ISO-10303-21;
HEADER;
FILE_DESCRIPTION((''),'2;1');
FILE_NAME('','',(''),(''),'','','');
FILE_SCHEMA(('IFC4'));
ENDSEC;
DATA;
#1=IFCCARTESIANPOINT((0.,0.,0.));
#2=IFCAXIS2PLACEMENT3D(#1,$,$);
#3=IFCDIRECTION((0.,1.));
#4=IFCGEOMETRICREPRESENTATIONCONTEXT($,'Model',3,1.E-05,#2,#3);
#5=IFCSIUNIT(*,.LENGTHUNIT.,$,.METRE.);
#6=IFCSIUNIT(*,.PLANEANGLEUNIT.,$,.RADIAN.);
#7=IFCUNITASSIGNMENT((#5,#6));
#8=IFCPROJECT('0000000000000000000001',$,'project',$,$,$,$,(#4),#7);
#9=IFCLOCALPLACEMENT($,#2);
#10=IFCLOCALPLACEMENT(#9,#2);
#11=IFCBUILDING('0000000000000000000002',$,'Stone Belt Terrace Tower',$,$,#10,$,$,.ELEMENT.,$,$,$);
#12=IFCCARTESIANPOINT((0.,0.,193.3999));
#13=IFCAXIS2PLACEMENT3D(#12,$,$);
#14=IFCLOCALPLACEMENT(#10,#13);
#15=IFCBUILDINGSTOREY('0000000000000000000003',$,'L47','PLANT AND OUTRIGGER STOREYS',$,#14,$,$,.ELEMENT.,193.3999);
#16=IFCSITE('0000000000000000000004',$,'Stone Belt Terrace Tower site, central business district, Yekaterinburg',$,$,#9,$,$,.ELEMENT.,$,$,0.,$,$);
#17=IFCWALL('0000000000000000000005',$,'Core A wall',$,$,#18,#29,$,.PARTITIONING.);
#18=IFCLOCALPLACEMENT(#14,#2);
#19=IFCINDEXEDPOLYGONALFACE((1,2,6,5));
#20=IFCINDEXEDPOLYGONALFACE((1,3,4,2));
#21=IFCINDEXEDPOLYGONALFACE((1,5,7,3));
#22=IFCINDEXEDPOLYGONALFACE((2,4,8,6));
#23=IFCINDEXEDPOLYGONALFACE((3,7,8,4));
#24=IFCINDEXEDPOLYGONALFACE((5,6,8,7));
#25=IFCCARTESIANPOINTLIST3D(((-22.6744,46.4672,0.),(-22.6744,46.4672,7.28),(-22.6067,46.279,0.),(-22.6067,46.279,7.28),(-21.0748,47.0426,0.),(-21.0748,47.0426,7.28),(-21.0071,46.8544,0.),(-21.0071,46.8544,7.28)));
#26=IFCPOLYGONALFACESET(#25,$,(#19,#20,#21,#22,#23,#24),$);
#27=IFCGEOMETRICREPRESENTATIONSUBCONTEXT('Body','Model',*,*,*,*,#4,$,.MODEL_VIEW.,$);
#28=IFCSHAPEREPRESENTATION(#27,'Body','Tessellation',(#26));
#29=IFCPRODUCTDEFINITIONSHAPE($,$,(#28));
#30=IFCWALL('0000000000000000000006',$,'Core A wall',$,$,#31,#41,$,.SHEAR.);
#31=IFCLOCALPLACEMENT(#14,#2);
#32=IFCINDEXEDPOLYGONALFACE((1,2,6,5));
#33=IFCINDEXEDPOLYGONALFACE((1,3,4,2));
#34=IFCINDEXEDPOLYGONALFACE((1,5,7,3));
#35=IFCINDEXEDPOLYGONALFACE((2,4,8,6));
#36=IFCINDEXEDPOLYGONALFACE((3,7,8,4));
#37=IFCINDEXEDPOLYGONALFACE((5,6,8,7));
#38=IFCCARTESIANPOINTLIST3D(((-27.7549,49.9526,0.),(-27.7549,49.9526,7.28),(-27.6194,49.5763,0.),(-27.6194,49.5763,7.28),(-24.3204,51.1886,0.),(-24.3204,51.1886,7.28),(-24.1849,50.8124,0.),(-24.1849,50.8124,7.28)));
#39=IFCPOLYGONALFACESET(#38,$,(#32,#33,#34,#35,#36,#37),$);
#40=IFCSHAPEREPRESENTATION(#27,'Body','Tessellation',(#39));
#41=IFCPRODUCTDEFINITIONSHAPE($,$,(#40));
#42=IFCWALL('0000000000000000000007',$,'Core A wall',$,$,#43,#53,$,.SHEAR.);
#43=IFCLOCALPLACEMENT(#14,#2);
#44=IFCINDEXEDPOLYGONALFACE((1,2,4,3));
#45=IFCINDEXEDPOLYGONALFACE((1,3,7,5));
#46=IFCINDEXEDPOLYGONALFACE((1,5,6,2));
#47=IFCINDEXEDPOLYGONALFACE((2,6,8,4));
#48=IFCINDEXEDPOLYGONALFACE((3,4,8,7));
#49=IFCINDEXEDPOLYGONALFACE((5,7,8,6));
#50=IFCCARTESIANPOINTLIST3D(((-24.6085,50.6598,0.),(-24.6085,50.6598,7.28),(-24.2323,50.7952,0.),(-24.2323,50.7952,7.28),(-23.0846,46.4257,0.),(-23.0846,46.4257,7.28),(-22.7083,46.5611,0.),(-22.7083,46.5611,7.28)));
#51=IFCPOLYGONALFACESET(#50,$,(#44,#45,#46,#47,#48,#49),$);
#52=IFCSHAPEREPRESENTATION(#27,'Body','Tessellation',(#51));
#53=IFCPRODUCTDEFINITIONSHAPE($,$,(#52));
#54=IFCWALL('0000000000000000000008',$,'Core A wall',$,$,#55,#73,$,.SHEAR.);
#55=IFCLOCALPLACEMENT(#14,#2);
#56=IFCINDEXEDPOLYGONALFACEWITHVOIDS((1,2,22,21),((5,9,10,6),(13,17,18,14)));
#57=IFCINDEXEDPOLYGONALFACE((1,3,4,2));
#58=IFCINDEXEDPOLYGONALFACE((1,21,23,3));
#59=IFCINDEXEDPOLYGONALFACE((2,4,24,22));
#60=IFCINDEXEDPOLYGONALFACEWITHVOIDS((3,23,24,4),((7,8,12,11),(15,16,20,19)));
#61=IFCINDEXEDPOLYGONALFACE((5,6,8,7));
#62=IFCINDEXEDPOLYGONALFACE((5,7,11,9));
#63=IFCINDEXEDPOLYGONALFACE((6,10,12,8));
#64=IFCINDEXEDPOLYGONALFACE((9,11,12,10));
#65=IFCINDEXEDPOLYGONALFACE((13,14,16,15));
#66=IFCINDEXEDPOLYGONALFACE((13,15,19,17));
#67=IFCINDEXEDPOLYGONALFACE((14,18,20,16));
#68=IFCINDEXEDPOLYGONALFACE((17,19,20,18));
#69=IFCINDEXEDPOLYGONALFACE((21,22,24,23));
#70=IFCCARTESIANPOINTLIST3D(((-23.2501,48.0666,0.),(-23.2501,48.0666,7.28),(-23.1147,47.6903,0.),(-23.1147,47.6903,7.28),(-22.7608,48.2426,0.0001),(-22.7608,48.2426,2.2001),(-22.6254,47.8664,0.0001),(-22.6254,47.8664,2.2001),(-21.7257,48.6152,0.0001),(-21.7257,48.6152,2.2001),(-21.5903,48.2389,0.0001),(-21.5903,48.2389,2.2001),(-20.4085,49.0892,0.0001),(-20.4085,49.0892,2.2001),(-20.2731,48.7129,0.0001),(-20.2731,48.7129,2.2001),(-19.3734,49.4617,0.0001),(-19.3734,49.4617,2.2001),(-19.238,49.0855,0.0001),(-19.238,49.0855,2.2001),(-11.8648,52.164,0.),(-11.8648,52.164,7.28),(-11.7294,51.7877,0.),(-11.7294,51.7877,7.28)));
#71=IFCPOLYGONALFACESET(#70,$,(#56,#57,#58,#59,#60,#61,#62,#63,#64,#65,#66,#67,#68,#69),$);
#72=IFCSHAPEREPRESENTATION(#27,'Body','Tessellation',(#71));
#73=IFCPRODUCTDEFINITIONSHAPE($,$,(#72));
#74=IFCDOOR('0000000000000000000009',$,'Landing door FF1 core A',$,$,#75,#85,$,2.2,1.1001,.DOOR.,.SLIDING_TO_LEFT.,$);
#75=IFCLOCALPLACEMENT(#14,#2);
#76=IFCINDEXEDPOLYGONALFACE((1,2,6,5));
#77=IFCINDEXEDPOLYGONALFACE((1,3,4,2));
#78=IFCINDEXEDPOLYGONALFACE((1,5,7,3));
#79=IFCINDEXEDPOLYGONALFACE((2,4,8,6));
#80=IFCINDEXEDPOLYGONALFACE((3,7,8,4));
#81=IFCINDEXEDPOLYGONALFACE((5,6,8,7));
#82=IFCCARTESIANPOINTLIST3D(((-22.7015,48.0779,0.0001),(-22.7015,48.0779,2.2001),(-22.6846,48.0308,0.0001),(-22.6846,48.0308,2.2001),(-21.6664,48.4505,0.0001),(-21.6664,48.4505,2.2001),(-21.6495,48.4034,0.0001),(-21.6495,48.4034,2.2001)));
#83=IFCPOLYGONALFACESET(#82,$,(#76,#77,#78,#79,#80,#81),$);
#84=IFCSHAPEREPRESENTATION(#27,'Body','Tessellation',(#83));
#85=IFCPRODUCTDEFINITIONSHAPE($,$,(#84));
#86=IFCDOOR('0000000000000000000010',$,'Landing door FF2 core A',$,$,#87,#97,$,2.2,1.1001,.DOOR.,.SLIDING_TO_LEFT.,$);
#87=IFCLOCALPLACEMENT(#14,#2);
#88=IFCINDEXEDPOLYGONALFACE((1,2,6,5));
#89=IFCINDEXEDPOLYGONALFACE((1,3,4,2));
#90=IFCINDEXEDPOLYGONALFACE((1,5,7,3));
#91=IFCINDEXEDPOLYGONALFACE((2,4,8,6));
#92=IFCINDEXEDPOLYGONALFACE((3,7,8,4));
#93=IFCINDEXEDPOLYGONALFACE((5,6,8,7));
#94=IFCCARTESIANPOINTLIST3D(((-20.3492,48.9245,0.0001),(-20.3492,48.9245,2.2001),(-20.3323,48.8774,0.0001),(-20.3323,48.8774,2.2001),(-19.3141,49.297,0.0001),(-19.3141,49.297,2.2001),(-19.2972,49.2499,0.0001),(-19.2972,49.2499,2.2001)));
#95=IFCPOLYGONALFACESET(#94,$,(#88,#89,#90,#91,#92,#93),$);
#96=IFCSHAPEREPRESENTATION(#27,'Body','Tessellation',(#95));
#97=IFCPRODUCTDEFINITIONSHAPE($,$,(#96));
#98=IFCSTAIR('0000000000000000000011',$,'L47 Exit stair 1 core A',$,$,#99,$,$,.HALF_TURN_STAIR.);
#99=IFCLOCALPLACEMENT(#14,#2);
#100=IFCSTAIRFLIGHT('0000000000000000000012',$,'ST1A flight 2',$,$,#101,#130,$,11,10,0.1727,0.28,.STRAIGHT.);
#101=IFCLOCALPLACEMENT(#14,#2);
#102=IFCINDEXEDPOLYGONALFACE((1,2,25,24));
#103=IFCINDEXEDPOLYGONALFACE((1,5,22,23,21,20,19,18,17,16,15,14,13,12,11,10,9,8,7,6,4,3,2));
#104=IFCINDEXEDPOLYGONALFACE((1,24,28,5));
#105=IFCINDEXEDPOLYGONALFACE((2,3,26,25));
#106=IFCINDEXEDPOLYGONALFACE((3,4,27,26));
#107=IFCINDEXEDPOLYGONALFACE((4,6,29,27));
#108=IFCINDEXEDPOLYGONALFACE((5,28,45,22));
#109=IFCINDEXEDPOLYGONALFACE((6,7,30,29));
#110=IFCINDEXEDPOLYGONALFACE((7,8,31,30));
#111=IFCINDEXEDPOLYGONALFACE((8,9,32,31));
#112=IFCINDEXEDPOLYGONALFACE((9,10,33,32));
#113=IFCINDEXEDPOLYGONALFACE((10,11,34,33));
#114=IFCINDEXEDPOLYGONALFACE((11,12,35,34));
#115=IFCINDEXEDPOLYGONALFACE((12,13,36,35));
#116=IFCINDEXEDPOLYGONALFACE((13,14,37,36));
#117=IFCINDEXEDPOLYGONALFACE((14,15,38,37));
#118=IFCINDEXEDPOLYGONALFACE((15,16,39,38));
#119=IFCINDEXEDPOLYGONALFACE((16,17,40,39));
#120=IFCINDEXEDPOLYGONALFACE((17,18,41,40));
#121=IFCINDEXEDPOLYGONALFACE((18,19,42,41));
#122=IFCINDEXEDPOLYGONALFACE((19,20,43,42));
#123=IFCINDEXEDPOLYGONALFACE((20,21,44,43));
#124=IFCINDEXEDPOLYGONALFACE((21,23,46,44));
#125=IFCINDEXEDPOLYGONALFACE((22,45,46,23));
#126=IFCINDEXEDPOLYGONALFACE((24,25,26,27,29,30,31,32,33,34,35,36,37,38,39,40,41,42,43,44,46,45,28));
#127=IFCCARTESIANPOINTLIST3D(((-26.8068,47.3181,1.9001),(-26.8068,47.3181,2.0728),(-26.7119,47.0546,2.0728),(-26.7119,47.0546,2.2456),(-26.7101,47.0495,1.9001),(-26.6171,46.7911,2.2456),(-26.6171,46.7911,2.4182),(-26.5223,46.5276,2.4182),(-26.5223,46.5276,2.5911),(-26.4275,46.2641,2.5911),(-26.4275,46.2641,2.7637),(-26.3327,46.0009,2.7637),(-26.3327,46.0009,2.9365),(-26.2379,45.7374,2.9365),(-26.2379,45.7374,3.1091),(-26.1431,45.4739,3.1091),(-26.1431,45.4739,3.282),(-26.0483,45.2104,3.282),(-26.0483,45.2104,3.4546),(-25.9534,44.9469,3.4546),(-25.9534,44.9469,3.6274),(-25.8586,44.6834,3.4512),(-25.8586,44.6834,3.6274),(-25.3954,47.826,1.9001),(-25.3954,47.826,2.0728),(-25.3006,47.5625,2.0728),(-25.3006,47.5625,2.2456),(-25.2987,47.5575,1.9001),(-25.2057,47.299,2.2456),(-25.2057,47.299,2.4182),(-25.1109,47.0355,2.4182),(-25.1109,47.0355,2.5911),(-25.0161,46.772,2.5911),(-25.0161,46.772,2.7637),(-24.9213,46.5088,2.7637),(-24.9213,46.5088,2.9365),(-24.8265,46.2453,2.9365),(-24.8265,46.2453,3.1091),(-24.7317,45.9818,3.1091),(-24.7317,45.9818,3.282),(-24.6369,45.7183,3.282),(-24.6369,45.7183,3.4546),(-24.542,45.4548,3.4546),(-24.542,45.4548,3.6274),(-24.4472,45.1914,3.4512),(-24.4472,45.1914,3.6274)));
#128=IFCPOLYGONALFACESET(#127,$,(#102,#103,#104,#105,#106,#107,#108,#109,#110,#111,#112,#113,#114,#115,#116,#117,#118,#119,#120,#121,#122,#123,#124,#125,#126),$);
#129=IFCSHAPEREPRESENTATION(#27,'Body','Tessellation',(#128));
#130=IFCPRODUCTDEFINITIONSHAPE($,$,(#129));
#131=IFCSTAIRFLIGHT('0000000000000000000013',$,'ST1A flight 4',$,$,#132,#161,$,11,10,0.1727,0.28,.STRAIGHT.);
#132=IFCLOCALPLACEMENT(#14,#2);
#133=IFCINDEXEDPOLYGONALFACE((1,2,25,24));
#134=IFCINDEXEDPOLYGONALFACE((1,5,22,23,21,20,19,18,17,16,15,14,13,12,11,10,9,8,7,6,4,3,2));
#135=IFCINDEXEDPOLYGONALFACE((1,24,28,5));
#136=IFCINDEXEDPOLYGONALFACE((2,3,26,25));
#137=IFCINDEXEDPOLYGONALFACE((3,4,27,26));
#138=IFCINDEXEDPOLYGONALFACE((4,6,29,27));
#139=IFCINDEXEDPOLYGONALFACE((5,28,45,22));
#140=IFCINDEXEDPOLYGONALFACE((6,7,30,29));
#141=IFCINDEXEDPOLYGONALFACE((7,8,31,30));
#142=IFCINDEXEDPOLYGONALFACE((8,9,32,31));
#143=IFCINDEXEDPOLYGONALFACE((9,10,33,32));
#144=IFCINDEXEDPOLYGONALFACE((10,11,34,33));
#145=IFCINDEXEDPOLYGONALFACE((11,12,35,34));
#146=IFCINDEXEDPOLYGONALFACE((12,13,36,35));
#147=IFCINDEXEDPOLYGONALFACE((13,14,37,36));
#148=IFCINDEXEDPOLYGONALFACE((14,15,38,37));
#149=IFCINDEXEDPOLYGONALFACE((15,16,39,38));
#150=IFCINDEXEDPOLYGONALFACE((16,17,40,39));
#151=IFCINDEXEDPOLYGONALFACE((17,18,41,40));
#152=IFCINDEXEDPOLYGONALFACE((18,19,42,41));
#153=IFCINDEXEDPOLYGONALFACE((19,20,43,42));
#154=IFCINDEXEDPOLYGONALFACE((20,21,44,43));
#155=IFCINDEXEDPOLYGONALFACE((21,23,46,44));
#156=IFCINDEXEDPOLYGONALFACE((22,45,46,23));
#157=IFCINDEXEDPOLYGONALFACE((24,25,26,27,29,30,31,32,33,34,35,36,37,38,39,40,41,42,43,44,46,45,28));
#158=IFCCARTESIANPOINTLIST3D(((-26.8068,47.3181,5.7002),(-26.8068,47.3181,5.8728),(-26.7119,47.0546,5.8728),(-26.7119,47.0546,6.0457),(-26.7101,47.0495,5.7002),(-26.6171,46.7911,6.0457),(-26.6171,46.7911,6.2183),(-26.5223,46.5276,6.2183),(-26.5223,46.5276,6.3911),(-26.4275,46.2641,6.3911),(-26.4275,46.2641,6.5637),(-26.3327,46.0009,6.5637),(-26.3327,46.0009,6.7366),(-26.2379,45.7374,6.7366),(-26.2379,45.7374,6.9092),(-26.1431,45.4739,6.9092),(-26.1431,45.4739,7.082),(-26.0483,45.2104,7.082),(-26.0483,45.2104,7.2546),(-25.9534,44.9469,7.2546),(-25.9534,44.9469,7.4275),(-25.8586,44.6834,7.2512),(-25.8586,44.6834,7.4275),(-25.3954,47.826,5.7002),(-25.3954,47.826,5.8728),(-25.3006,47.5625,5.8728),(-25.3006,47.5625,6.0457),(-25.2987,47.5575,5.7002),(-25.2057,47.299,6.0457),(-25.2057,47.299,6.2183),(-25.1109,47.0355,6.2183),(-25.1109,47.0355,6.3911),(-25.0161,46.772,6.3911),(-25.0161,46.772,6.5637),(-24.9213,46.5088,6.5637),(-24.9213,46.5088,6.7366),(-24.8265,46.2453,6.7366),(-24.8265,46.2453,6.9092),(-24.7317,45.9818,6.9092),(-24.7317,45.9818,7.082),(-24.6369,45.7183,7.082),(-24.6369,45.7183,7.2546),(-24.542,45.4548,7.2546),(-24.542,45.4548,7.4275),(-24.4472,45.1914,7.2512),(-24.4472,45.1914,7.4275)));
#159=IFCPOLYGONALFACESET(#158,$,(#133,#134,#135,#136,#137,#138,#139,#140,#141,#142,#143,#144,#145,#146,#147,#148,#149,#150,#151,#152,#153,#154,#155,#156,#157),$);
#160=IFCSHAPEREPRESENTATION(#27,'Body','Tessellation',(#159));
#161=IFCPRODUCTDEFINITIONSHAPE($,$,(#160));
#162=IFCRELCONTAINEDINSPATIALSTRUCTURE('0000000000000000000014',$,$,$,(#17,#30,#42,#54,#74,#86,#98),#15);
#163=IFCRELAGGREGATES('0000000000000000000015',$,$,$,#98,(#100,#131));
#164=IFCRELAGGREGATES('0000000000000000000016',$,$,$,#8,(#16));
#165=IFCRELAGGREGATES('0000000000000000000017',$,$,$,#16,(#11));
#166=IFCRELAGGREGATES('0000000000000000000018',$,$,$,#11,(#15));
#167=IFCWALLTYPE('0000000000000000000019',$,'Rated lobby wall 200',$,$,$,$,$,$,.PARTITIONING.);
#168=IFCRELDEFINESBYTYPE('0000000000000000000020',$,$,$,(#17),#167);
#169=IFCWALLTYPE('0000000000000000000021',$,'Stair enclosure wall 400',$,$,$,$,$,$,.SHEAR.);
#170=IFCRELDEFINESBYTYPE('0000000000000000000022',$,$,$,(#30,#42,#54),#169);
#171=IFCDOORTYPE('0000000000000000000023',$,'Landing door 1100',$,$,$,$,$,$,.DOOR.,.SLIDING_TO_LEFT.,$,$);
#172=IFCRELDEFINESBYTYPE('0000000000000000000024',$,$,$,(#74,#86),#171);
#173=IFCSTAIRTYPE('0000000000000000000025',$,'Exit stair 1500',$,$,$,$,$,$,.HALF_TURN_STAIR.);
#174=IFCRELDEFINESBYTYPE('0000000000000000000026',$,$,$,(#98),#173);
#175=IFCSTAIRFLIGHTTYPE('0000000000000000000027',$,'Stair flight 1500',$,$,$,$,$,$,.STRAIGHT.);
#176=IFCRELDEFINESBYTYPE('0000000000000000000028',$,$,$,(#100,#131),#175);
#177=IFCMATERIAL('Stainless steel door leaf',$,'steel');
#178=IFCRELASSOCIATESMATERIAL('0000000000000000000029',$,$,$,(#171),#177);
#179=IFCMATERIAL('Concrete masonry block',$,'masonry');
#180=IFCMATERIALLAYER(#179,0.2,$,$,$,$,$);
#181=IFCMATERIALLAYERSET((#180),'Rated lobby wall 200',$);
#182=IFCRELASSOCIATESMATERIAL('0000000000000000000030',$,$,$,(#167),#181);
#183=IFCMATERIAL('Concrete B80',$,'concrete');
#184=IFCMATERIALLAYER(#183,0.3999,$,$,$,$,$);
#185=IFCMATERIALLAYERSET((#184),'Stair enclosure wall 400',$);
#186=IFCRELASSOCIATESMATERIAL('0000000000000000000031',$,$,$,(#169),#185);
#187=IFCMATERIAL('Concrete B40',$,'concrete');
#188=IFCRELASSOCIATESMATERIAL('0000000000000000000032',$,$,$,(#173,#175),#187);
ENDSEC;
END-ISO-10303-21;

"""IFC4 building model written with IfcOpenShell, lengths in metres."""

from ifc_helpers import new_model, si_unit, direction, frame, frame_2d, origin, place, context, subcontext, project, spatial, polyline, rectangle, outline, extrude, material, layer, layer_set, type_object, element, fill, aggregate, save


model = new_model("IFC4")

# Units and contexts
model_context = context("Model", 3, precision=1e-05, world=origin(), true_north=direction((0.0, 1.0)))
body_context = subcontext(model_context, "Body", "Model", "MODEL_VIEW")
ifc_project = project(units=[si_unit("LENGTHUNIT", "METRE"), si_unit("PLANEANGLEUNIT", "RADIAN")], contexts=[model_context])

# Site, building, storey
site_placement = place(None, origin())
site = spatial("IfcSite", under=ifc_project, at=site_placement, Name="Stone Belt Terrace Tower site, central business district, Yekaterinburg", CompositionType="ELEMENT", RefElevation=0.0)
building_placement = place(site_placement, origin())
building = spatial("IfcBuilding", under=site, at=building_placement, Name="Stone Belt Terrace Tower", CompositionType="ELEMENT")
storey_placement = place(building_placement, frame((0.0, 0.0, 193.3999)))
storey = spatial("IfcBuildingStorey", under=building, at=storey_placement, Name="L47", Description="PLANT AND OUTRIGGER STOREYS", CompositionType="ELEMENT", Elevation=193.3999)

# Shared definitions
ifc_material_1 = material(Name="Concrete B80", Category="concrete")

# Shared definitions
ifc_material_2 = material(Name="Stainless steel door leaf", Category="steel")

# Shared definitions
door_type_1 = type_object("IfcDoorType", Name="Landing door 1100", OperationType="SLIDING_TO_LEFT", PredefinedType="DOOR", material=ifc_material_2)

# Walls
ifc_material_3 = material(Name="Concrete masonry block", Category="masonry")
ifc_layer_1 = layer(ifc_material_3, 0.2)
ifc_layer_set_1 = layer_set([ifc_layer_1], Name="Rated lobby wall 200")
wall_type_1 = type_object("IfcWallType", Name="Rated lobby wall 200", PredefinedType="PARTITIONING", material=ifc_layer_set_1)
wall_1_placement = place(storey_placement, frame((-22.6406, 46.373, 0.0), z_axis=(0.0, 0.0, 1.0), x_axis=(0.940966, 0.338501, 0.0)))
element("IfcWall", 1, at=wall_1_placement, inside=storey, type_object=wall_type_1, Name="Core A wall", PredefinedType="PARTITIONING", context=body_context, shape_type="SweptSolid", body=[
    extrude(rectangle(XDim=1.7, YDim=0.2, at=frame_2d((0.8501, 0.0))), origin(), (0.0, 0.0, 1.0), 7.28),
])
ifc_layer_2 = layer(ifc_material_1, 0.3999)
ifc_layer_set_2 = layer_set([ifc_layer_2], Name="Stair enclosure wall 400")
wall_type_2 = type_object("IfcWallType", Name="Stair enclosure wall 400", PredefinedType="SHEAR", material=ifc_layer_set_2)
wall_2_placement = place(storey_placement, frame((-27.6873, 49.7644, 0.0), z_axis=(0.0, 0.0, 1.0), x_axis=(0.940919, 0.338632, 0.0)))
element("IfcWall", 2, at=wall_2_placement, inside=storey, type_object=wall_type_2, Name="Core A wall", PredefinedType="SHEAR", context=body_context, shape_type="SweptSolid", body=[
    extrude(rectangle(XDim=3.6501, YDim=0.3999, at=frame_2d((1.8252, 0.0))), origin(), (0.0, 0.0, 1.0), 7.28),
])
wall_3_placement = place(storey_placement, frame((-22.8965, 46.4934, 0.0), z_axis=(0.0, 0.0, 1.0), x_axis=(-0.338648, 0.940913, 0.0)))
element("IfcWall", 3, at=wall_3_placement, inside=storey, type_object=wall_type_2, Name="Core A wall", PredefinedType="SHEAR", context=body_context, shape_type="SweptSolid", body=[
    extrude(rectangle(XDim=4.5, YDim=0.3999, at=frame_2d((2.25, 0.0))), origin(), (0.0, 0.0, 1.0), 7.28),
])

# Wall, openings, doors
wall_4_placement = place(storey_placement, frame((-23.1824, 47.8784, 0.0), z_axis=(0.0, 0.0, 1.0), x_axis=(0.940921, 0.338626, 0.0)))
wall_4 = element("IfcWall", 4, at=wall_4_placement, inside=storey, type_object=wall_type_2, Name="Core A wall", PredefinedType="SHEAR", context=body_context, shape_type="SweptSolid", body=[
    extrude(rectangle(XDim=12.1001, YDim=0.3999, at=frame_2d((6.05, 0.0))), origin(), (0.0, 0.0, 1.0), 7.28),
])
opening_1_placement = place(wall_4_placement, frame((0.52, 0.0, 0.0)))
opening_1 = element("IfcOpeningElement", 5, at=opening_1_placement, cuts=wall_4, PredefinedType="OPENING", context=body_context, shape_type="SweptSolid", body=[
    extrude(rectangle(XDim=1.1001, YDim=2.2, at=frame_2d((0.55, 1.1001))), frame((0.0, 0.21, 0.0), z_axis=(0.0, -1.0, 0.0), x_axis=(1.0, 0.0, 0.0)), (0.0, 0.0, 1.0), 0.4199),
])
opening_2_placement = place(wall_4_placement, frame((3.02, 0.0, 0.0)))
opening_2 = element("IfcOpeningElement", 6, at=opening_2_placement, cuts=wall_4, PredefinedType="OPENING", context=body_context, shape_type="SweptSolid", body=[
    extrude(rectangle(XDim=1.1001, YDim=2.2, at=frame_2d((0.55, 1.1001))), frame((0.0, 0.21, 0.0), z_axis=(0.0, -1.0, 0.0), x_axis=(1.0, 0.0, 0.0)), (0.0, 0.0, 1.0), 0.4199),
])
door_1_placement = place(opening_1_placement, origin())
door_1 = element("IfcDoor", 7, at=door_1_placement, inside=storey, type_object=door_type_1, Name="Landing door FF1 core A", OperationType="SLIDING_TO_LEFT", OverallHeight=2.2, OverallWidth=1.1001, PredefinedType="DOOR", context=body_context, shape_type="SweptSolid", body=[
    extrude(rectangle(XDim=1.1001, YDim=2.2, at=frame_2d((0.55, 1.1001))), frame((0.0, 0.0249, 0.0), z_axis=(0.0, -1.0, 0.0), x_axis=(1.0, 0.0, 0.0)), (0.0, 0.0, 1.0), 0.05),
])
fill(opening_1, door_1)
door_2_placement = place(opening_2_placement, origin())
door_2 = element("IfcDoor", 8, at=door_2_placement, inside=storey, type_object=door_type_1, Name="Landing door FF2 core A", OperationType="SLIDING_TO_LEFT", OverallHeight=2.2, OverallWidth=1.1001, PredefinedType="DOOR", context=body_context, shape_type="SweptSolid", body=[
    extrude(rectangle(XDim=1.1001, YDim=2.2, at=frame_2d((0.55, 1.1001))), frame((0.0, 0.0249, 0.0), z_axis=(0.0, -1.0, 0.0), x_axis=(1.0, 0.0, 0.0)), (0.0, 0.0, 1.0), 0.05),
])
fill(opening_2, door_2)

# Stair, stair flights
ifc_material_4 = material(Name="Concrete B40", Category="concrete")
stair_type = type_object("IfcStairType", Name="Exit stair 1500", PredefinedType="HALF_TURN_STAIR", material=ifc_material_4)
stair_placement = place(storey_placement, origin())
stair = element("IfcStair", 9, at=stair_placement, inside=storey, type_object=stair_type, Name="L47 Exit stair 1 core A", PredefinedType="HALF_TURN_STAIR")
stair_flight_type = type_object("IfcStairFlightType", Name="Stair flight 1500", PredefinedType="STRAIGHT", material=ifc_material_4)
stair_flight_1_placement = place(storey_placement, frame((-26.1011, 47.572, 1.9001), z_axis=(0.0, 0.0, 1.0), x_axis=(0.338624, -0.940922, 0.0)))
stair_flight_1 = element("IfcStairFlight", 10, at=stair_flight_1_placement, type_object=stair_flight_type, Name="ST1A flight 2", NumberOfRisers=11, NumberOfTreads=10, PredefinedType="STRAIGHT", RiserHeight=0.1727, TreadLength=0.28, context=body_context, shape_type="SweptSolid", body=[
    extrude(outline(polyline([(0.0, 0.0), (0.0, 0.1726), (0.28, 0.1726), (0.28, 0.3455), (0.5601, 0.3455), (0.5601, 0.5181), (0.8401, 0.5181), (0.8401, 0.6909), (1.1201, 0.6909), (1.1201, 0.8635), (1.3999, 0.8635), (1.3999, 1.0364), (1.6799, 1.0364), (1.6799, 1.209), (1.96, 1.209), (1.96, 1.3818), (2.24, 1.3818), (2.24, 1.5544), (2.52, 1.5544), (2.52, 1.7273), (2.8, 1.7273), (2.8, 1.8999), (2.8, 1.551), (0.2854, 0.0), (0.0, 0.0)])), frame((0.0, 0.75, 0.0), z_axis=(0.0, -1.0, 0.0), x_axis=(1.0, 0.0, 0.0)), (0.0, 0.0, 1.0), 1.5),
])
stair_flight_2_placement = place(storey_placement, frame((-26.1011, 47.572, 5.7002), z_axis=(0.0, 0.0, 1.0), x_axis=(0.338624, -0.940922, 0.0)))
stair_flight_2 = element("IfcStairFlight", 11, at=stair_flight_2_placement, type_object=stair_flight_type, Name="ST1A flight 4", NumberOfRisers=11, NumberOfTreads=10, PredefinedType="STRAIGHT", RiserHeight=0.1727, TreadLength=0.28, context=body_context, shape_type="SweptSolid", body=[
    extrude(outline(polyline([(0.0, 0.0), (0.0, 0.1726), (0.28, 0.1726), (0.28, 0.3455), (0.5601, 0.3455), (0.5601, 0.5181), (0.8401, 0.5181), (0.8401, 0.6909), (1.1201, 0.6909), (1.1201, 0.8635), (1.3999, 0.8635), (1.3999, 1.0364), (1.6799, 1.0364), (1.6799, 1.209), (1.96, 1.209), (1.96, 1.3818), (2.24, 1.3818), (2.24, 1.5544), (2.52, 1.5544), (2.52, 1.7273), (2.8, 1.7273), (2.8, 1.8999), (2.8, 1.551), (0.2854, 0.0), (0.0, 0.0)])), frame((0.0, 0.75, 0.0), z_axis=(0.0, -1.0, 0.0), x_axis=(1.0, 0.0, 0.0)), (0.0, 0.0, 1.0), 1.5),
])
aggregate(stair, [stair_flight_1, stair_flight_2])

save(model, "model.ifc")
